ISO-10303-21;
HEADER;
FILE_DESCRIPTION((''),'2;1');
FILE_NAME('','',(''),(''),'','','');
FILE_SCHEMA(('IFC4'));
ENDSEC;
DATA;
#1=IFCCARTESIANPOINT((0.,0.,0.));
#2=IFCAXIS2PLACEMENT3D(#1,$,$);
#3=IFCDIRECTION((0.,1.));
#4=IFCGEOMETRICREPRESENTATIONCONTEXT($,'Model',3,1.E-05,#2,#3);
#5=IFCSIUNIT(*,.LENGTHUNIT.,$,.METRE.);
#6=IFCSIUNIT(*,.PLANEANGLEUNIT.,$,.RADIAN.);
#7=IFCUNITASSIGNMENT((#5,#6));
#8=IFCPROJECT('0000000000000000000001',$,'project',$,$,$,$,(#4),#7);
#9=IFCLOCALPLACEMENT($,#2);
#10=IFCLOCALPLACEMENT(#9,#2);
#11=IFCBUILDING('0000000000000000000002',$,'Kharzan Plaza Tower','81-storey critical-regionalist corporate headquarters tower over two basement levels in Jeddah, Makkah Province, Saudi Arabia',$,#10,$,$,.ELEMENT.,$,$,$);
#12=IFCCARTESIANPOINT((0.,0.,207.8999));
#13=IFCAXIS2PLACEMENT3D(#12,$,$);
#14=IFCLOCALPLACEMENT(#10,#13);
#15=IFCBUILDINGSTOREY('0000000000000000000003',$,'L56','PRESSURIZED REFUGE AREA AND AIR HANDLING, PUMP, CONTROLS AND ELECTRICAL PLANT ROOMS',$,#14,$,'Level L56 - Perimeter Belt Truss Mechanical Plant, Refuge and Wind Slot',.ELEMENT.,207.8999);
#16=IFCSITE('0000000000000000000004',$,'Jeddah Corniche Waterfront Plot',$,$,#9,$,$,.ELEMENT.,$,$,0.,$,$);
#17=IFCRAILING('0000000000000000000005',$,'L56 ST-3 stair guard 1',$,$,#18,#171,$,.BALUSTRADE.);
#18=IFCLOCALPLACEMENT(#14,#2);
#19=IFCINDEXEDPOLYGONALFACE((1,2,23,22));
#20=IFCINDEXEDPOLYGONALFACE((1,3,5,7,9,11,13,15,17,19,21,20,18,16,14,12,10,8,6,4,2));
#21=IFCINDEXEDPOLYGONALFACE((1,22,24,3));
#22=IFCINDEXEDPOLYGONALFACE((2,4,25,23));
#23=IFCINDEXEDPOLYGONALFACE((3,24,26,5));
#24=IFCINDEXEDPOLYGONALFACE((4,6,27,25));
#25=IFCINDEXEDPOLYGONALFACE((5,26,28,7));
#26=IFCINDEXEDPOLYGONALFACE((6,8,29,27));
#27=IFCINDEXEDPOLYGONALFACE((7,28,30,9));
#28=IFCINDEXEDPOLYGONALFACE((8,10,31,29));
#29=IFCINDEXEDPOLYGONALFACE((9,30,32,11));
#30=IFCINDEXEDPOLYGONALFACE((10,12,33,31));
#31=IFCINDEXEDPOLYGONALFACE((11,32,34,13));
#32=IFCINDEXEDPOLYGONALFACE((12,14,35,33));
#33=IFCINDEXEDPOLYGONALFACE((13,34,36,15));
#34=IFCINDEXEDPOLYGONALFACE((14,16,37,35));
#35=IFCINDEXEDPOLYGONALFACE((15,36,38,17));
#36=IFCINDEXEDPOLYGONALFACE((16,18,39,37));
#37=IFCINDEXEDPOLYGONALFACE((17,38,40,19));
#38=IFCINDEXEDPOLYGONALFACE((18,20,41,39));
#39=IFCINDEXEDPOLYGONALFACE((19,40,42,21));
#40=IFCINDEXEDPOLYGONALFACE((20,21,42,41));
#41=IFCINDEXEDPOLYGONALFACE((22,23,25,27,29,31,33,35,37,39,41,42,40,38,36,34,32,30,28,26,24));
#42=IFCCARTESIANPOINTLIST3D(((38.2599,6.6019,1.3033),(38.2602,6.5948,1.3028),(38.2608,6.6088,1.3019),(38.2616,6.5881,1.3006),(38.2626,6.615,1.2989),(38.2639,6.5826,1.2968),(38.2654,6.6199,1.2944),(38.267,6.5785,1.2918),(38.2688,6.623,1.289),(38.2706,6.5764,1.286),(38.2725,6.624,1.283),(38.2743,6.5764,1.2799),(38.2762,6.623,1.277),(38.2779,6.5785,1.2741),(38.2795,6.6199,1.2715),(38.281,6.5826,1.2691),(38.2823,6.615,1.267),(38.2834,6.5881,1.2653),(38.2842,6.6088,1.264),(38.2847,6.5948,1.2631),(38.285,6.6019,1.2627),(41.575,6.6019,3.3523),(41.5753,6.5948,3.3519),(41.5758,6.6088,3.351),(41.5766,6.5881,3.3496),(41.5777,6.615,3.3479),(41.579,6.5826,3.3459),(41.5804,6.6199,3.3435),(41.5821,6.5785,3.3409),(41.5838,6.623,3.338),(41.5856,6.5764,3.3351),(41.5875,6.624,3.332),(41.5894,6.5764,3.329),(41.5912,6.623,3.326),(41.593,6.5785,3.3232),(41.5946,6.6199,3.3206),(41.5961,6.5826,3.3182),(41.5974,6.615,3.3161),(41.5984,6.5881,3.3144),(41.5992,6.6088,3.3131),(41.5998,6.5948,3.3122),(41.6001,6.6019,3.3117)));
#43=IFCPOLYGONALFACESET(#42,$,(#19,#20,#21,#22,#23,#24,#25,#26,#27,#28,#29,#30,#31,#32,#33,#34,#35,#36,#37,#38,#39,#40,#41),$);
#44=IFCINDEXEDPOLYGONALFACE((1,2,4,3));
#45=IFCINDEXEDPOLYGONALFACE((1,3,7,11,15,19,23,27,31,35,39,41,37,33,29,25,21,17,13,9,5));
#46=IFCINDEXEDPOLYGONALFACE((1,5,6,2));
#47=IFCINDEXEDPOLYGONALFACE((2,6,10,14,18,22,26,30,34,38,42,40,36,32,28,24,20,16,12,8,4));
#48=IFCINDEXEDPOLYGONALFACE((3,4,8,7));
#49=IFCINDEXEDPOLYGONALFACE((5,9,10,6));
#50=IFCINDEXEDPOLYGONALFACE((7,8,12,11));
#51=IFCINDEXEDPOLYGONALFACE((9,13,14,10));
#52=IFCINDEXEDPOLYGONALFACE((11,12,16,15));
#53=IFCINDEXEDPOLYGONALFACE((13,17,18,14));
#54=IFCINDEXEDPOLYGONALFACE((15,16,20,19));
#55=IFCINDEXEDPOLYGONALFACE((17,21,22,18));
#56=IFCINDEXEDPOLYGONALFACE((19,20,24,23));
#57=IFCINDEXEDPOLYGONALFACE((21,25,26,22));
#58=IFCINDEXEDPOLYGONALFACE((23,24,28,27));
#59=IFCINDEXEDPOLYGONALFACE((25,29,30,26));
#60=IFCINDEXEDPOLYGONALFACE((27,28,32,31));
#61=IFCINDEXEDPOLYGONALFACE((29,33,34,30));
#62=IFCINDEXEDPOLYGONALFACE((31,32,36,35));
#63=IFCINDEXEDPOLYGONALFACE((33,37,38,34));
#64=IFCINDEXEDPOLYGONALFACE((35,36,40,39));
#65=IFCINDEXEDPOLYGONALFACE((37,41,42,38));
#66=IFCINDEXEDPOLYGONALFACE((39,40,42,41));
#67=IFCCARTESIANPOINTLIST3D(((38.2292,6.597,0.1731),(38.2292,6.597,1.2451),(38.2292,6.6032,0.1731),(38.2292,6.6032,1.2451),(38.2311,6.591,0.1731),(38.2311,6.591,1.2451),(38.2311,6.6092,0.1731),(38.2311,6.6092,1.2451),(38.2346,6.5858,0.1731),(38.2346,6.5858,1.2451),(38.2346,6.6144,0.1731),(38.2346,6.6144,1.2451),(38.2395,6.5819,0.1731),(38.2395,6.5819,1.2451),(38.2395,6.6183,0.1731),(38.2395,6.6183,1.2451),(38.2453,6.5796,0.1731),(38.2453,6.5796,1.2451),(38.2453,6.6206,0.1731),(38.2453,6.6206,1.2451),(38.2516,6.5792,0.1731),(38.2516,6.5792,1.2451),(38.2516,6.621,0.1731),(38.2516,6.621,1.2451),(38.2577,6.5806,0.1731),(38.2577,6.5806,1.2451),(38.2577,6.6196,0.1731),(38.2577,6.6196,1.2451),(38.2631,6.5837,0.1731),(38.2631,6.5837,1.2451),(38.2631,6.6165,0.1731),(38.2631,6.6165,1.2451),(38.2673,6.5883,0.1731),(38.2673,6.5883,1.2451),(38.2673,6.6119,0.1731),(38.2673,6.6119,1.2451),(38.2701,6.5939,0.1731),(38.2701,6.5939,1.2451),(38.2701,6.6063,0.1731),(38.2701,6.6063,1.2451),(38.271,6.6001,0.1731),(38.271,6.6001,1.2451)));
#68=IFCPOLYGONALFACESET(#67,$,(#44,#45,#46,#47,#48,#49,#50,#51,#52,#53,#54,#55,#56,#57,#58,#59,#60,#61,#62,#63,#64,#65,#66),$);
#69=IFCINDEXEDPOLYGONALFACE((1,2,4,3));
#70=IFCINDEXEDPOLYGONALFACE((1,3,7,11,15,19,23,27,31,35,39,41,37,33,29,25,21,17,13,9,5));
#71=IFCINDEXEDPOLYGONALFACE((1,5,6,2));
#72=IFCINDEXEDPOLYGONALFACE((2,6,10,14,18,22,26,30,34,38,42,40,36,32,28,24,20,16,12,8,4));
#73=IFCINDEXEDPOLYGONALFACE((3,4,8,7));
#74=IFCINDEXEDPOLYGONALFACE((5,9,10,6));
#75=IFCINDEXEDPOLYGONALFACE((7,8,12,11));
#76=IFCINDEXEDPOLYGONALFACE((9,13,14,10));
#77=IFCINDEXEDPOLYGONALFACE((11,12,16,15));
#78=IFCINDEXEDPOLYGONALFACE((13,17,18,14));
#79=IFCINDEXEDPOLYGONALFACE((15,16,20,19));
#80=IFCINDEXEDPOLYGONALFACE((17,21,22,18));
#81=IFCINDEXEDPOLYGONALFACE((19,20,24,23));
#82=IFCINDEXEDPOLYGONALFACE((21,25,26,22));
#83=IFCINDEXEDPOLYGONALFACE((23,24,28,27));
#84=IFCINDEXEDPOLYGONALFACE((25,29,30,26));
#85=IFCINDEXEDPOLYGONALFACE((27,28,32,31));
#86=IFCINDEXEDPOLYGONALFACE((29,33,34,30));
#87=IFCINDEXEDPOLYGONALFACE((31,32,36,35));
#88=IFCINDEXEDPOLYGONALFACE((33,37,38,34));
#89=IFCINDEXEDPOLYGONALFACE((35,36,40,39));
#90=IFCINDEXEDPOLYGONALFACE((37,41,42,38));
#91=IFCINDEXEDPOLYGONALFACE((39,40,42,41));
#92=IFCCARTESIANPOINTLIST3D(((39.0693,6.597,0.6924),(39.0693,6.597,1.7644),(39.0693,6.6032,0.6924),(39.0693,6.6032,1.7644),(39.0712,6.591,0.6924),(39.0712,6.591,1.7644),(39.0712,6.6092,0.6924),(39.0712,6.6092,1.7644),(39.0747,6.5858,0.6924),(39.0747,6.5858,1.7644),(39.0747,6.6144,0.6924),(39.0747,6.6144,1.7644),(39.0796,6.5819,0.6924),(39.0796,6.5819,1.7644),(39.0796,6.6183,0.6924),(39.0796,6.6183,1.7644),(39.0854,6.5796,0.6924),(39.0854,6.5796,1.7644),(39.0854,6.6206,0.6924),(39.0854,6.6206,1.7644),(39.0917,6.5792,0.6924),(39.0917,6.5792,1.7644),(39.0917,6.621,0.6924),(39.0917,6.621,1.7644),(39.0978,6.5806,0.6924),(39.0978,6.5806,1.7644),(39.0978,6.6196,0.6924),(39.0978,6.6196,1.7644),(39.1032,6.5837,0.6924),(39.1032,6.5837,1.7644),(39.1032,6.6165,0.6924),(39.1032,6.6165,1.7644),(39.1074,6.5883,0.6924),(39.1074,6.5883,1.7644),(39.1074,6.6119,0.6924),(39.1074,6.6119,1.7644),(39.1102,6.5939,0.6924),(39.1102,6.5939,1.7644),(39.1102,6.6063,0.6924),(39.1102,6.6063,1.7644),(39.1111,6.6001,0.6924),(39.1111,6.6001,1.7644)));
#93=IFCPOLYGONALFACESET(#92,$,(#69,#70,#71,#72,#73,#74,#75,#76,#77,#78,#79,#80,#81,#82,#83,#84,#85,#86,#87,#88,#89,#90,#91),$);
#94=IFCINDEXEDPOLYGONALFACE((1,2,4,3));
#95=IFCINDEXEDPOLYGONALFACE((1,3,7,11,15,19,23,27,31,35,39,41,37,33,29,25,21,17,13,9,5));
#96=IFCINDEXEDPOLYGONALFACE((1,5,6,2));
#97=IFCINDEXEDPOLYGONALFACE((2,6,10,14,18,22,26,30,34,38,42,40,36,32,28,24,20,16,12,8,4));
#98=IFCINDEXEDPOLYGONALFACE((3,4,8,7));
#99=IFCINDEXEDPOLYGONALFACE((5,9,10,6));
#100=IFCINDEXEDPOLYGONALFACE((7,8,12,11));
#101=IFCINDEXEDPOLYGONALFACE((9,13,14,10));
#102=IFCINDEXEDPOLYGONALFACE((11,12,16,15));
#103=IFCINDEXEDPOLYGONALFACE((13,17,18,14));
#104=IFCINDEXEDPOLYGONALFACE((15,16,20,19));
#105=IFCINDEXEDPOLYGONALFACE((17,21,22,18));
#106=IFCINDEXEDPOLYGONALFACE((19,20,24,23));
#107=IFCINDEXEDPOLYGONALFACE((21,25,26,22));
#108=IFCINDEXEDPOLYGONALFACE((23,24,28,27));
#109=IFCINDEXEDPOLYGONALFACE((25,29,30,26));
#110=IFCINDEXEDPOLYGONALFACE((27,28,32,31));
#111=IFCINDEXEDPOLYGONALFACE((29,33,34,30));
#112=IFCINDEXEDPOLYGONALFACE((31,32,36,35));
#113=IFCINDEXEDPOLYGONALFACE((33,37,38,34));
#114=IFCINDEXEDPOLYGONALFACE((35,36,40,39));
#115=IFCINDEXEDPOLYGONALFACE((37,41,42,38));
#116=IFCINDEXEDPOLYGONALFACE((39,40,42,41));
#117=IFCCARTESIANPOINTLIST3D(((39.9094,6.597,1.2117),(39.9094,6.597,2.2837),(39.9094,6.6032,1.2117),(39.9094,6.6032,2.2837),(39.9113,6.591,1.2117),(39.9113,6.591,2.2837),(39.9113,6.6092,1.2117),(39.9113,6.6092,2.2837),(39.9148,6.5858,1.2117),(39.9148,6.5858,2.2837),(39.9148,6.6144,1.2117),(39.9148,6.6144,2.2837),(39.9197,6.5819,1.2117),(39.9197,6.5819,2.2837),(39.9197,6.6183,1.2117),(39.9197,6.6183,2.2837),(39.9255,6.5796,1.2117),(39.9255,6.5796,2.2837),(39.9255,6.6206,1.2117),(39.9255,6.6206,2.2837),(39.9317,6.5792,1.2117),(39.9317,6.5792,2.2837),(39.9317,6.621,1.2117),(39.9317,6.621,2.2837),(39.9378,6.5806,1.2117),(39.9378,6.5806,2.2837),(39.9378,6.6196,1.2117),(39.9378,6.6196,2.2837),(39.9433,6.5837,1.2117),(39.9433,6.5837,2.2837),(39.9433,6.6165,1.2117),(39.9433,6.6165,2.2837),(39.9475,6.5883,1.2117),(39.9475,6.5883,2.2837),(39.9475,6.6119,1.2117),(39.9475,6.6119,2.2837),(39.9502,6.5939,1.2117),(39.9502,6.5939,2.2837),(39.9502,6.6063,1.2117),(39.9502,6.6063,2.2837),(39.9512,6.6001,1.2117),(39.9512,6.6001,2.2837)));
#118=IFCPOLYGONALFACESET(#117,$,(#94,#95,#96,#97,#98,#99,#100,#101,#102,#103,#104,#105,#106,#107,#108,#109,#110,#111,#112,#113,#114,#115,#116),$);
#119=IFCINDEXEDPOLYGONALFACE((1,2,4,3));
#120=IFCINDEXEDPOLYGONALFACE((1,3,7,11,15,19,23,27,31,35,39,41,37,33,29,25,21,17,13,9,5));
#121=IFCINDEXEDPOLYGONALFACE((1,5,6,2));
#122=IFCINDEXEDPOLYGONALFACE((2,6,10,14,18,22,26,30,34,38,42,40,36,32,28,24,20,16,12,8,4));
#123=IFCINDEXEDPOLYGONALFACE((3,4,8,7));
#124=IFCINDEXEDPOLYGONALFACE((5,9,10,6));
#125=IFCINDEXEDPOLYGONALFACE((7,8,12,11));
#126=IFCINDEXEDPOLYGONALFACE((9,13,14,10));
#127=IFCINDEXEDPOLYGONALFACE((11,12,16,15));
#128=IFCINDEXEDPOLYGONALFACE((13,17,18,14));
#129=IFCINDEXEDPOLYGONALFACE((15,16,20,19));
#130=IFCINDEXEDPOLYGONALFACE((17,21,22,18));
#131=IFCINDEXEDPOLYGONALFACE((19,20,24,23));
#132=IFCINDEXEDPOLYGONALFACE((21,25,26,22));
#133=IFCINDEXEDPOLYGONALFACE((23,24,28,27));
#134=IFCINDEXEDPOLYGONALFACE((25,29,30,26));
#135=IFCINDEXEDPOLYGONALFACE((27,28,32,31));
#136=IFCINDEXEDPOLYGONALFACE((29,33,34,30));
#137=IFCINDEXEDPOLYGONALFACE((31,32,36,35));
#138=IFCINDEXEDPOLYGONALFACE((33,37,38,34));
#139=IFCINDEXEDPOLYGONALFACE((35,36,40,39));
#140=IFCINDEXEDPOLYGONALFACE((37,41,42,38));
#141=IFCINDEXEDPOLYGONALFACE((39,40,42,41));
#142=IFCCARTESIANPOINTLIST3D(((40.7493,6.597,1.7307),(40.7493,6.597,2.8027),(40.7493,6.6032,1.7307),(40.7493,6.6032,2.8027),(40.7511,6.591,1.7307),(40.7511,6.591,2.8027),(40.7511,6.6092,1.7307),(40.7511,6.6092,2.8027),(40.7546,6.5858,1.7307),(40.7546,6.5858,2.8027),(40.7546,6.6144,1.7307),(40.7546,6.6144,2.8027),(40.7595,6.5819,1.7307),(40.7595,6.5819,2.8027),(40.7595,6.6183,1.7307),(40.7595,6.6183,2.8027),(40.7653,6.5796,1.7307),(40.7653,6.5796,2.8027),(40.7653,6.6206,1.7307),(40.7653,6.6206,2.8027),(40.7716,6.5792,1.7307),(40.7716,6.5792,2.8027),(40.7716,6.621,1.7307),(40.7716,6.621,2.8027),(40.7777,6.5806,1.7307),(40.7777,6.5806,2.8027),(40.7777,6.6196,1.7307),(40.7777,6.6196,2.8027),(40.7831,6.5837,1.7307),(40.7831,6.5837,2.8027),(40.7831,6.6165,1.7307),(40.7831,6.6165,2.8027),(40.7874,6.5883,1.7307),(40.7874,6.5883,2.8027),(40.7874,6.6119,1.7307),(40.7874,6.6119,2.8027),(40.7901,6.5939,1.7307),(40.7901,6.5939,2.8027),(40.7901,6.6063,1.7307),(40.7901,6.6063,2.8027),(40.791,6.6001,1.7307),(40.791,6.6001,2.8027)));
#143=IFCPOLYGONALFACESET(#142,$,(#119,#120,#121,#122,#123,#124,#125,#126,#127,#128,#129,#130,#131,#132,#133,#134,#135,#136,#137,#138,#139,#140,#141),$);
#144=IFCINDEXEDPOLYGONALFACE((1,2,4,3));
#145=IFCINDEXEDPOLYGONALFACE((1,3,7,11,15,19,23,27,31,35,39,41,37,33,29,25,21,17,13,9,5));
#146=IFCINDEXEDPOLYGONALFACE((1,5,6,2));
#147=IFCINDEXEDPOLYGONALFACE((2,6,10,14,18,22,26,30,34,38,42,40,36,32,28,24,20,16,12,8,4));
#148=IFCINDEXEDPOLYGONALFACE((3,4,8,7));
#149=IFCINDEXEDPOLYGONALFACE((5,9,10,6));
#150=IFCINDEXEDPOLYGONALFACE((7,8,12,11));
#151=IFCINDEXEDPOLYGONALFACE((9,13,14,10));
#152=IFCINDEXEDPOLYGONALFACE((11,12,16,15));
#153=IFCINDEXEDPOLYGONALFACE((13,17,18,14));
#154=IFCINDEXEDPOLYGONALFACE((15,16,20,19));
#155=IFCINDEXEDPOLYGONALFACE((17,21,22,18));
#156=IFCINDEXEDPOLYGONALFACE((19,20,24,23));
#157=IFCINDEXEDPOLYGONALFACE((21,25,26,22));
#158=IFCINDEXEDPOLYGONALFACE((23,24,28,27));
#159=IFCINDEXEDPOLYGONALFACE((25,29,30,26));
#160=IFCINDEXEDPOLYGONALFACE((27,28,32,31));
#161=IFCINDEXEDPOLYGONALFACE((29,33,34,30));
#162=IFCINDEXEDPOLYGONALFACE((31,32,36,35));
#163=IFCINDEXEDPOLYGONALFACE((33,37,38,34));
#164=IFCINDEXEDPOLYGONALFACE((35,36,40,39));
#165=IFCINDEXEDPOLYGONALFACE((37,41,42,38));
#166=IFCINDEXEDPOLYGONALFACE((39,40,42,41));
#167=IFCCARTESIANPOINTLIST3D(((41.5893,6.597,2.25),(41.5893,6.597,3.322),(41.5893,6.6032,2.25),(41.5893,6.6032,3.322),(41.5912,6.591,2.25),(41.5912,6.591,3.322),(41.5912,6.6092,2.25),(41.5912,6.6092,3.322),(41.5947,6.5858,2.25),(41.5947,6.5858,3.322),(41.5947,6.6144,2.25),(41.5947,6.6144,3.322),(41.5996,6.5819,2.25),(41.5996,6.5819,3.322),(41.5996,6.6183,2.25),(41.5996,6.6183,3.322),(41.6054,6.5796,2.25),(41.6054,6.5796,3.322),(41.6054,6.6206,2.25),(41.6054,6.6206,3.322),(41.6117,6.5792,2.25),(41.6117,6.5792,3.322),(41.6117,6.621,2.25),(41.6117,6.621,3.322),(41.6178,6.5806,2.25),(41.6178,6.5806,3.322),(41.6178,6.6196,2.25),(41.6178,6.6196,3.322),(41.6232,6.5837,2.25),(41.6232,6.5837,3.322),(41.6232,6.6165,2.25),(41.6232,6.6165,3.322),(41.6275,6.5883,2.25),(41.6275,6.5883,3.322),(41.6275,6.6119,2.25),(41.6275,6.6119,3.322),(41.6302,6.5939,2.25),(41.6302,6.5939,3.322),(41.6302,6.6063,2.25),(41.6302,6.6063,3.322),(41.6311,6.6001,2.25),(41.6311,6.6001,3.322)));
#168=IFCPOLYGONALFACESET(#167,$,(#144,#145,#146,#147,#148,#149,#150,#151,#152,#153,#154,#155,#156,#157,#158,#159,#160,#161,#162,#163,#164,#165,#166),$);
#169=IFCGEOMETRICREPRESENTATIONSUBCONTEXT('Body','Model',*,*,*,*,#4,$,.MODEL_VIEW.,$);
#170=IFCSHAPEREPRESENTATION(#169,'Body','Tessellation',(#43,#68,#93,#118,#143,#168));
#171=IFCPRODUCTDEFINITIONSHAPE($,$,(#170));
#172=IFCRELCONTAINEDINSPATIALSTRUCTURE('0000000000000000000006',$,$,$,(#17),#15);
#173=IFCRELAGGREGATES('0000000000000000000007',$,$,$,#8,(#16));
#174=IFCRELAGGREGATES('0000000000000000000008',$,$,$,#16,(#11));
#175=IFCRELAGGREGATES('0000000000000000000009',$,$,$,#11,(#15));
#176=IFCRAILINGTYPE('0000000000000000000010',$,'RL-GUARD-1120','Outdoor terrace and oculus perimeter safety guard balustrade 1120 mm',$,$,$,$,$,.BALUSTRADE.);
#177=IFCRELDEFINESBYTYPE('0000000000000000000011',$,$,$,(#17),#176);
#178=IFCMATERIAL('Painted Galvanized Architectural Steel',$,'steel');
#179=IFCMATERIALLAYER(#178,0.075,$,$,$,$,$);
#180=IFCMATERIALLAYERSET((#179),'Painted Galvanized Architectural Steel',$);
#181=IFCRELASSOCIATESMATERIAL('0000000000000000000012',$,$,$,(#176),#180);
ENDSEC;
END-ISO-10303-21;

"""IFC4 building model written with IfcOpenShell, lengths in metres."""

from ifc_helpers import new_model, si_unit, direction, frame, origin, origin_2d, place, context, subcontext, project, spatial, circle, extrude, source, transform, mapped, material, layer, layer_set, type_object, element, save


model = new_model("IFC4")

# Units and contexts
model_context = context("Model", 3, precision=1e-05, world=origin(), true_north=direction((0.0, 1.0)))
body_context = subcontext(model_context, "Body", "Model", "MODEL_VIEW")
ifc_project = project(units=[si_unit("LENGTHUNIT", "METRE"), si_unit("PLANEANGLEUNIT", "RADIAN")], contexts=[model_context])

# Site, building, storey
site_placement = place(None, origin())
site = spatial("IfcSite", under=ifc_project, at=site_placement, Name="Jeddah Corniche Waterfront Plot", CompositionType="ELEMENT", RefElevation=0.0)
building_placement = place(site_placement, origin())
building = spatial("IfcBuilding", under=site, at=building_placement, Name="Kharzan Plaza Tower", Description="81-storey critical-regionalist corporate headquarters tower over two basement levels in Jeddah, Makkah Province, Saudi Arabia", CompositionType="ELEMENT")
storey_placement = place(building_placement, frame((0.0, 0.0, 207.8999)))
storey = spatial("IfcBuildingStorey", under=building, at=storey_placement, Name="L56", Description="PRESSURIZED REFUGE AREA AND AIR HANDLING, PUMP, CONTROLS AND ELECTRICAL PLANT ROOMS", LongName="Level L56 - Perimeter Belt Truss Mechanical Plant, Refuge and Wind Slot", CompositionType="ELEMENT", Elevation=207.8999)

# Railing
ifc_material_1 = material(Name="Painted Galvanized Architectural Steel", Category="steel")
ifc_layer_1 = layer(ifc_material_1, 0.075)
ifc_layer_set_1 = layer_set([ifc_layer_1], Name="Painted Galvanized Architectural Steel")
railing_type_1 = type_object("IfcRailingType", Name="RL-GUARD-1120", Description="Outdoor terrace and oculus perimeter safety guard balustrade 1120 mm", PredefinedType="BALUSTRADE", material=ifc_layer_set_1)
shared_shape_1 = source(origin(), body_context, "Body", "SweptSolid", [
    extrude(circle(Radius=0.0239, at=origin_2d()), frame((0.0225, 0.0, 1.1099), z_axis=(0.850623, 0.0, 0.525776), x_axis=(0.0, 1.0, 0.0)), (0.0, 0.0, 1.0), 3.8972),
    extrude(circle(Radius=0.021, at=origin_2d()), origin(), (0.0, 0.0, 1.0), 1.072),
    extrude(circle(Radius=0.021, at=origin_2d()), frame((0.8401, 0.0, 0.5193)), (0.0, 0.0, 1.0), 1.072),
    extrude(circle(Radius=0.021, at=origin_2d()), frame((1.6802, 0.0, 1.0386)), (0.0, 0.0, 1.0), 1.072),
    extrude(circle(Radius=0.021, at=origin_2d()), frame((2.52, 0.0, 1.5576)), (0.0, 0.0, 1.0), 1.072),
    extrude(circle(Radius=0.021, at=origin_2d()), frame((3.3601, 0.0, 2.0769)), (0.0, 0.0, 1.0), 1.072),
])
railing_1_placement = place(storey_placement, frame((38.25, 6.6001, 0.1731)))
element("IfcRailing", 1, at=railing_1_placement, inside=storey, type_object=railing_type_1, Name="L56 ST-3 stair guard 1", PredefinedType="BALUSTRADE", context=body_context, shape_type="MappedRepresentation", body=[
    mapped(shared_shape_1, transform((0.0, 0.0, 0.0), x_axis=(1.0, 0.0, 0.0), y_axis=(0.0, 1.0, 0.0), z_axis=(0.0, 0.0, 1.0))),
])

save(model, "model.ifc")
